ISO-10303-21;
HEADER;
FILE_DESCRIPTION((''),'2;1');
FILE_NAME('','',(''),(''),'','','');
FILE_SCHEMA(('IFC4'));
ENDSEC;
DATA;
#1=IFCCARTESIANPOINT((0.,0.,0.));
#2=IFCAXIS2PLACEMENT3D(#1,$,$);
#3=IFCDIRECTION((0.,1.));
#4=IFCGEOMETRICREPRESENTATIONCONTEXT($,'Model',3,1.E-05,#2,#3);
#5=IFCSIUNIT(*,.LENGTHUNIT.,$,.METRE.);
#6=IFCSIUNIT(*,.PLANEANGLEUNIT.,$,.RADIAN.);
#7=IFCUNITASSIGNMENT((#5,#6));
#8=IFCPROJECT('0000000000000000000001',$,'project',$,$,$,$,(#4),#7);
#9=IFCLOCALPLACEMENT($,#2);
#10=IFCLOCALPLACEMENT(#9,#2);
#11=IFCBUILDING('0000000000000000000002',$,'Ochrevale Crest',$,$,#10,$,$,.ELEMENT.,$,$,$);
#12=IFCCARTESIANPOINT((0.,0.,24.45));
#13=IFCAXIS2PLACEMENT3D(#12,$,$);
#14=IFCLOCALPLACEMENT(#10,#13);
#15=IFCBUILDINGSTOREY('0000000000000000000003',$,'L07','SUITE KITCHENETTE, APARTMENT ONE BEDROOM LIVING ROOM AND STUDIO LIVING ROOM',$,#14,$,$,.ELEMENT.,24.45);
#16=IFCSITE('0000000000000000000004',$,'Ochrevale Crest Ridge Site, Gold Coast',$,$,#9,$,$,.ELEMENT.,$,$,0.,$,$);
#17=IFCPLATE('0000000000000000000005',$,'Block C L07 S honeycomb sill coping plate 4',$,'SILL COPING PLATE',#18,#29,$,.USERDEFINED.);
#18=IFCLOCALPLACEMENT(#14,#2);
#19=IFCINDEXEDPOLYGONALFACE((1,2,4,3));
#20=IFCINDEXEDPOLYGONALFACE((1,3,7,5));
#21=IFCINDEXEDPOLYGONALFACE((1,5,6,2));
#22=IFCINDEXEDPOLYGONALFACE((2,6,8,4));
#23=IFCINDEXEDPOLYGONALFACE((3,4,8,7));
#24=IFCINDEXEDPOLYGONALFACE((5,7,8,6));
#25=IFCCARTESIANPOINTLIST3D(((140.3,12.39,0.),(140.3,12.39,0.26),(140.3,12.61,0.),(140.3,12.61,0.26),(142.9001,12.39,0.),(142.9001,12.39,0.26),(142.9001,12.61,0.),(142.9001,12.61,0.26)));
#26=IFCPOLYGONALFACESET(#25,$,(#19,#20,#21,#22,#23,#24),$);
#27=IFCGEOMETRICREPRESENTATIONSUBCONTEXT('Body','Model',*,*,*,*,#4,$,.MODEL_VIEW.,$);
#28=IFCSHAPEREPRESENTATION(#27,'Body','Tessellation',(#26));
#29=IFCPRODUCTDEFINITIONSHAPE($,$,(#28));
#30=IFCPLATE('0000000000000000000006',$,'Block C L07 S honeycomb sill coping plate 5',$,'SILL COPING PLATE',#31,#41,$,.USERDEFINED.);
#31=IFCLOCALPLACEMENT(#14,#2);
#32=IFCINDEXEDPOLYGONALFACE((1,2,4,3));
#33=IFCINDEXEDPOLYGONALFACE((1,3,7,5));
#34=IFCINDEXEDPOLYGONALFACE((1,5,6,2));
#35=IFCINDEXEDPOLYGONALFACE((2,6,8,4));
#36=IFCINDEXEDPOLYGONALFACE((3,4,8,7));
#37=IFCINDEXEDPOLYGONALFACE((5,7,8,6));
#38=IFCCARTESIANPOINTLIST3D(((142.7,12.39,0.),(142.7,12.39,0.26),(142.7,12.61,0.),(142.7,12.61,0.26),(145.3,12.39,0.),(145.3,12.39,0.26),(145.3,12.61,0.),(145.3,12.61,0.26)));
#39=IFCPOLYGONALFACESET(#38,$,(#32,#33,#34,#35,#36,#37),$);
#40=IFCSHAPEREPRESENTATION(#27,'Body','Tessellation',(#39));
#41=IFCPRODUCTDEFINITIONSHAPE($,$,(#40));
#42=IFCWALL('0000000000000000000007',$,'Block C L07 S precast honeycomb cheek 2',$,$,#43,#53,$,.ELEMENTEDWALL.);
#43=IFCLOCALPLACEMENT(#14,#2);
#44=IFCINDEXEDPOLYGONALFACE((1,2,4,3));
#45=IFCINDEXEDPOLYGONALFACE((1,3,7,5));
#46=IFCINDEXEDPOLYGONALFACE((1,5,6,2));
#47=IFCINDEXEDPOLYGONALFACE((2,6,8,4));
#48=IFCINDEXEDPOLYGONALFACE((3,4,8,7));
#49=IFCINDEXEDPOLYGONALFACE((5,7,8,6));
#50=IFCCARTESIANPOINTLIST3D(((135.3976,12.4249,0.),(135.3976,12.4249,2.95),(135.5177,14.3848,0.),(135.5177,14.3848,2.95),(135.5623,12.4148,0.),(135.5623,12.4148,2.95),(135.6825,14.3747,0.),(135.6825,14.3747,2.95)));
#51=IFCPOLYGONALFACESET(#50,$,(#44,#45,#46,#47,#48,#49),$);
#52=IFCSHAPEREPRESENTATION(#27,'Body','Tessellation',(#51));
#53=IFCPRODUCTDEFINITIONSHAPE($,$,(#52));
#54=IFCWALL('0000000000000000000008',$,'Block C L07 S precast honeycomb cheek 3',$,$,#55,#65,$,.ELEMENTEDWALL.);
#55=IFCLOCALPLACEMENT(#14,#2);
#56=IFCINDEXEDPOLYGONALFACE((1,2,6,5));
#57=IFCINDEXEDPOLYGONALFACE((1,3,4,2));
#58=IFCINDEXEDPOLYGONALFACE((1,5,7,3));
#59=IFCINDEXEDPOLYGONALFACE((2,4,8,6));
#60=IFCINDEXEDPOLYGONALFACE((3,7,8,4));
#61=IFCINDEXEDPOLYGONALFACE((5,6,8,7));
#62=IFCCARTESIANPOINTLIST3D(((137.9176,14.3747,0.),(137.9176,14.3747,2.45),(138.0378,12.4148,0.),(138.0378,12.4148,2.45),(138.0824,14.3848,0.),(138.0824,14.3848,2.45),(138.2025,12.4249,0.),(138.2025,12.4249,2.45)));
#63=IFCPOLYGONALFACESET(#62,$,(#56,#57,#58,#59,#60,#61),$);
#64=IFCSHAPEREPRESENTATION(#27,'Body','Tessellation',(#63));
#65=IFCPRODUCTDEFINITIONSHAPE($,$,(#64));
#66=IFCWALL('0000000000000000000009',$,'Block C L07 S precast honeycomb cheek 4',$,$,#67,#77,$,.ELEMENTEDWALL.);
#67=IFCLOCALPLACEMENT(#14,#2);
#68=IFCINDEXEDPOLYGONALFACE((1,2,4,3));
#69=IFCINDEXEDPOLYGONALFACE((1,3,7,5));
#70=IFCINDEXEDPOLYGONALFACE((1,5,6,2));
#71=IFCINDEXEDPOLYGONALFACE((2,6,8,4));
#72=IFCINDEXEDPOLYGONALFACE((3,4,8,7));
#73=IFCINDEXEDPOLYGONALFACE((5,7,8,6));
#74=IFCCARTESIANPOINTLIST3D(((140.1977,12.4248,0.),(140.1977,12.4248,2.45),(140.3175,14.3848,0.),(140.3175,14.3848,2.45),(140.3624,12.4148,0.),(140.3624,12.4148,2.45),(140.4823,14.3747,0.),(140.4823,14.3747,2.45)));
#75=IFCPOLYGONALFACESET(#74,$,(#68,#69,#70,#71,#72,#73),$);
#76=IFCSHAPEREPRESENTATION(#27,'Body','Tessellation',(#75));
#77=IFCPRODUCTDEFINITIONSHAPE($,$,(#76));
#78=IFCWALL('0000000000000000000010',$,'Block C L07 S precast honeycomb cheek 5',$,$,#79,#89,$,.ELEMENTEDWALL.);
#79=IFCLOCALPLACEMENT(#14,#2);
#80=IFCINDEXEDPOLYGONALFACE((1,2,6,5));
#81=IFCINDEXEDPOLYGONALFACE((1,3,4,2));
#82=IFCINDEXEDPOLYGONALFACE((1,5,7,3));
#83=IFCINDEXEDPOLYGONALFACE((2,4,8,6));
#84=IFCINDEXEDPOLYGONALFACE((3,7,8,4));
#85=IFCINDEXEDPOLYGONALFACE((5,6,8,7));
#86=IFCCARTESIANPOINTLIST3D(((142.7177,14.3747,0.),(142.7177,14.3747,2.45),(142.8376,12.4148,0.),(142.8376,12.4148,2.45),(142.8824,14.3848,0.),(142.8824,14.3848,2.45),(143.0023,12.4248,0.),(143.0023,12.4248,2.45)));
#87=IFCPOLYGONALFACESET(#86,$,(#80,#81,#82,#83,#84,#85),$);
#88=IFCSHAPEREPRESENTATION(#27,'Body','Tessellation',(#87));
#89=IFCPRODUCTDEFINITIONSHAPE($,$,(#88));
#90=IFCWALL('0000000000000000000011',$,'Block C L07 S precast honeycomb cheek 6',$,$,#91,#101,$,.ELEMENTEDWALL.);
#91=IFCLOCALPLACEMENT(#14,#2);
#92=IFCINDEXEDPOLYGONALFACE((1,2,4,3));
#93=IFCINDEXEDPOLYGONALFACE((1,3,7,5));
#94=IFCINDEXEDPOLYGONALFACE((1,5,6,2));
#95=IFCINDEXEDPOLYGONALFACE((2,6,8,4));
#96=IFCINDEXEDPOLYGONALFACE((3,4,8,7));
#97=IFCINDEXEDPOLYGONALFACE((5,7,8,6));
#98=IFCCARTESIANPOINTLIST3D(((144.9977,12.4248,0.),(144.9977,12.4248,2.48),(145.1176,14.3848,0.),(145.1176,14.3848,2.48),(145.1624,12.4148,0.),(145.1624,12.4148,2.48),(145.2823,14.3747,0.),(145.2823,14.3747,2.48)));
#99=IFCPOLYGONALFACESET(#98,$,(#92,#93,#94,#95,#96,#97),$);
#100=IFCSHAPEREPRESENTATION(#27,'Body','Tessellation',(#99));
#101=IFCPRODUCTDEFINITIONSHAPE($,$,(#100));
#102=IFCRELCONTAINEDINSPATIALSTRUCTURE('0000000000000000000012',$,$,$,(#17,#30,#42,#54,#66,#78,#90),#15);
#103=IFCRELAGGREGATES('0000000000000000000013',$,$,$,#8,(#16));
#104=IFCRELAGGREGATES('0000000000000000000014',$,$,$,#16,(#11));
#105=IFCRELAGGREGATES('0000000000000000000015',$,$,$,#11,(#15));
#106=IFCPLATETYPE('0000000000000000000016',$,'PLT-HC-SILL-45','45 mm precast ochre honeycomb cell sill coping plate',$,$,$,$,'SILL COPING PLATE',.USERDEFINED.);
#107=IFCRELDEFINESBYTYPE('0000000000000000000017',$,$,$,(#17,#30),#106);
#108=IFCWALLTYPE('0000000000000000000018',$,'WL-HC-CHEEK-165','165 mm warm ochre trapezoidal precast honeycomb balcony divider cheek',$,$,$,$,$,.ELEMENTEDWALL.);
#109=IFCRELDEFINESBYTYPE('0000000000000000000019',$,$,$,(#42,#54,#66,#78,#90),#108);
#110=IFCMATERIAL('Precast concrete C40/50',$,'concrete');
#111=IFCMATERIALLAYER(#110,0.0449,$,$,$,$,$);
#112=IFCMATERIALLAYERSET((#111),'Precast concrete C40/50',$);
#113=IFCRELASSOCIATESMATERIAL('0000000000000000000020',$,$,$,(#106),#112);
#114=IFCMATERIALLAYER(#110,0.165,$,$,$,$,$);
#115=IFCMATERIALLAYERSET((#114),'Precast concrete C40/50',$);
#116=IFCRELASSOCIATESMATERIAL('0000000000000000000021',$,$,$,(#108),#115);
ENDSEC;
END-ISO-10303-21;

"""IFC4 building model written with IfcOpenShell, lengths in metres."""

from ifc_helpers import new_model, si_unit, direction, frame, frame_2d, origin, origin_2d, place, context, subcontext, project, spatial, rectangle, extrude, material, layer, layer_set, type_object, element, save


model = new_model("IFC4")

# Units and contexts
model_context = context("Model", 3, precision=1e-05, world=origin(), true_north=direction((0.0, 1.0)))
body_context = subcontext(model_context, "Body", "Model", "MODEL_VIEW")
ifc_project = project(units=[si_unit("LENGTHUNIT", "METRE"), si_unit("PLANEANGLEUNIT", "RADIAN")], contexts=[model_context])

# Site, building, storey
site_placement = place(None, origin())
site = spatial("IfcSite", under=ifc_project, at=site_placement, Name="Ochrevale Crest Ridge Site, Gold Coast", CompositionType="ELEMENT", RefElevation=0.0)
building_placement = place(site_placement, origin())
building = spatial("IfcBuilding", under=site, at=building_placement, Name="Ochrevale Crest", CompositionType="ELEMENT")
storey_placement = place(building_placement, frame((0.0, 0.0, 24.45)))
storey = spatial("IfcBuildingStorey", under=building, at=storey_placement, Name="L07", Description="SUITE KITCHENETTE, APARTMENT ONE BEDROOM LIVING ROOM AND STUDIO LIVING ROOM", CompositionType="ELEMENT", Elevation=24.45)

# Shared definitions
ifc_material_1 = material(Name="Precast concrete C40/50", Category="concrete")

# Plates
ifc_layer_1 = layer(ifc_material_1, 0.0449)
ifc_layer_set_1 = layer_set([ifc_layer_1], Name="Precast concrete C40/50")
plate_type_1 = type_object("IfcPlateType", Name="PLT-HC-SILL-45", Description="45 mm precast ochre honeycomb cell sill coping plate", ElementType="SILL COPING PLATE", PredefinedType="USERDEFINED", material=ifc_layer_set_1)
for number, where, z_axis, x_axis, name in (
    (1, (141.6001, 12.5, 0.0), (0.0, 0.0, 1.0), (1.0, 0.0, 0.0), "Block C L07 S honeycomb sill coping plate 4"),
    (2, (144.0, 12.5, 0.0), (0.0, 0.0, 1.0), (1.0, 0.0, 0.0), "Block C L07 S honeycomb sill coping plate 5"),
):
    element("IfcPlate", number, at=place(storey_placement, frame(where, z_axis=z_axis, x_axis=x_axis)), inside=storey, type_object=plate_type_1, Name=name, ObjectType="SILL COPING PLATE", PredefinedType="USERDEFINED", context=body_context, shape_type="SweptSolid", body=[
        extrude(rectangle(XDim=2.6001, YDim=0.22, at=origin_2d()), origin(), (0.0, 0.0, 1.0), 0.26),
    ])

# Walls
ifc_layer_2 = layer(ifc_material_1, 0.165)
ifc_layer_set_2 = layer_set([ifc_layer_2], Name="Precast concrete C40/50")
wall_type = type_object("IfcWallType", Name="WL-HC-CHEEK-165", Description="165 mm warm ochre trapezoidal precast honeycomb balcony divider cheek", PredefinedType="ELEMENTEDWALL", material=ifc_layer_set_2)
wall_1_placement = place(storey_placement, frame((135.6001, 14.3799, 0.0), z_axis=(0.0, 0.0, 1.0), x_axis=(-0.061171, -0.998127, 0.0)))
element("IfcWall", 3, at=wall_1_placement, inside=storey, type_object=wall_type, Name="Block C L07 S precast honeycomb cheek 2", PredefinedType="ELEMENTEDWALL", context=body_context, shape_type="SweptSolid", body=[
    extrude(rectangle(XDim=1.9636, YDim=0.165, at=frame_2d((0.9819, 0.0))), origin(), (0.0, 0.0, 1.0), 2.95),
])
for number, where, z_axis, x_axis, name in (
    (4, (138.0, 14.3799, 0.0), (0.0, 0.0, 1.0), (0.061171, -0.998127, 0.0), "Block C L07 S precast honeycomb cheek 3"),
    (5, (140.3999, 14.3799, 0.0), (0.0, 0.0, 1.0), (-0.061047, -0.998135, 0.0), "Block C L07 S precast honeycomb cheek 4"),
    (6, (142.8, 14.3799, 0.0), (0.0, 0.0, 1.0), (0.061047, -0.998135, 0.0), "Block C L07 S precast honeycomb cheek 5"),
):
    element("IfcWall", number, at=place(storey_placement, frame(where, z_axis=z_axis, x_axis=x_axis)), inside=storey, type_object=wall_type, Name=name, PredefinedType="ELEMENTEDWALL", context=body_context, shape_type="SweptSolid", body=[
        extrude(rectangle(XDim=1.9636, YDim=0.165, at=frame_2d((0.9819, 0.0))), origin(), (0.0, 0.0, 1.0), 2.45),
    ])
wall_2_placement = place(storey_placement, frame((145.2, 14.3799, 0.0), z_axis=(0.0, 0.0, 1.0), x_axis=(-0.061047, -0.998135, 0.0)))
element("IfcWall", 7, at=wall_2_placement, inside=storey, type_object=wall_type, Name="Block C L07 S precast honeycomb cheek 6", PredefinedType="ELEMENTEDWALL", context=body_context, shape_type="SweptSolid", body=[
    extrude(rectangle(XDim=1.9636, YDim=0.165, at=frame_2d((0.9819, 0.0))), origin(), (0.0, 0.0, 1.0), 2.48),
])

save(model, "model.ifc")
